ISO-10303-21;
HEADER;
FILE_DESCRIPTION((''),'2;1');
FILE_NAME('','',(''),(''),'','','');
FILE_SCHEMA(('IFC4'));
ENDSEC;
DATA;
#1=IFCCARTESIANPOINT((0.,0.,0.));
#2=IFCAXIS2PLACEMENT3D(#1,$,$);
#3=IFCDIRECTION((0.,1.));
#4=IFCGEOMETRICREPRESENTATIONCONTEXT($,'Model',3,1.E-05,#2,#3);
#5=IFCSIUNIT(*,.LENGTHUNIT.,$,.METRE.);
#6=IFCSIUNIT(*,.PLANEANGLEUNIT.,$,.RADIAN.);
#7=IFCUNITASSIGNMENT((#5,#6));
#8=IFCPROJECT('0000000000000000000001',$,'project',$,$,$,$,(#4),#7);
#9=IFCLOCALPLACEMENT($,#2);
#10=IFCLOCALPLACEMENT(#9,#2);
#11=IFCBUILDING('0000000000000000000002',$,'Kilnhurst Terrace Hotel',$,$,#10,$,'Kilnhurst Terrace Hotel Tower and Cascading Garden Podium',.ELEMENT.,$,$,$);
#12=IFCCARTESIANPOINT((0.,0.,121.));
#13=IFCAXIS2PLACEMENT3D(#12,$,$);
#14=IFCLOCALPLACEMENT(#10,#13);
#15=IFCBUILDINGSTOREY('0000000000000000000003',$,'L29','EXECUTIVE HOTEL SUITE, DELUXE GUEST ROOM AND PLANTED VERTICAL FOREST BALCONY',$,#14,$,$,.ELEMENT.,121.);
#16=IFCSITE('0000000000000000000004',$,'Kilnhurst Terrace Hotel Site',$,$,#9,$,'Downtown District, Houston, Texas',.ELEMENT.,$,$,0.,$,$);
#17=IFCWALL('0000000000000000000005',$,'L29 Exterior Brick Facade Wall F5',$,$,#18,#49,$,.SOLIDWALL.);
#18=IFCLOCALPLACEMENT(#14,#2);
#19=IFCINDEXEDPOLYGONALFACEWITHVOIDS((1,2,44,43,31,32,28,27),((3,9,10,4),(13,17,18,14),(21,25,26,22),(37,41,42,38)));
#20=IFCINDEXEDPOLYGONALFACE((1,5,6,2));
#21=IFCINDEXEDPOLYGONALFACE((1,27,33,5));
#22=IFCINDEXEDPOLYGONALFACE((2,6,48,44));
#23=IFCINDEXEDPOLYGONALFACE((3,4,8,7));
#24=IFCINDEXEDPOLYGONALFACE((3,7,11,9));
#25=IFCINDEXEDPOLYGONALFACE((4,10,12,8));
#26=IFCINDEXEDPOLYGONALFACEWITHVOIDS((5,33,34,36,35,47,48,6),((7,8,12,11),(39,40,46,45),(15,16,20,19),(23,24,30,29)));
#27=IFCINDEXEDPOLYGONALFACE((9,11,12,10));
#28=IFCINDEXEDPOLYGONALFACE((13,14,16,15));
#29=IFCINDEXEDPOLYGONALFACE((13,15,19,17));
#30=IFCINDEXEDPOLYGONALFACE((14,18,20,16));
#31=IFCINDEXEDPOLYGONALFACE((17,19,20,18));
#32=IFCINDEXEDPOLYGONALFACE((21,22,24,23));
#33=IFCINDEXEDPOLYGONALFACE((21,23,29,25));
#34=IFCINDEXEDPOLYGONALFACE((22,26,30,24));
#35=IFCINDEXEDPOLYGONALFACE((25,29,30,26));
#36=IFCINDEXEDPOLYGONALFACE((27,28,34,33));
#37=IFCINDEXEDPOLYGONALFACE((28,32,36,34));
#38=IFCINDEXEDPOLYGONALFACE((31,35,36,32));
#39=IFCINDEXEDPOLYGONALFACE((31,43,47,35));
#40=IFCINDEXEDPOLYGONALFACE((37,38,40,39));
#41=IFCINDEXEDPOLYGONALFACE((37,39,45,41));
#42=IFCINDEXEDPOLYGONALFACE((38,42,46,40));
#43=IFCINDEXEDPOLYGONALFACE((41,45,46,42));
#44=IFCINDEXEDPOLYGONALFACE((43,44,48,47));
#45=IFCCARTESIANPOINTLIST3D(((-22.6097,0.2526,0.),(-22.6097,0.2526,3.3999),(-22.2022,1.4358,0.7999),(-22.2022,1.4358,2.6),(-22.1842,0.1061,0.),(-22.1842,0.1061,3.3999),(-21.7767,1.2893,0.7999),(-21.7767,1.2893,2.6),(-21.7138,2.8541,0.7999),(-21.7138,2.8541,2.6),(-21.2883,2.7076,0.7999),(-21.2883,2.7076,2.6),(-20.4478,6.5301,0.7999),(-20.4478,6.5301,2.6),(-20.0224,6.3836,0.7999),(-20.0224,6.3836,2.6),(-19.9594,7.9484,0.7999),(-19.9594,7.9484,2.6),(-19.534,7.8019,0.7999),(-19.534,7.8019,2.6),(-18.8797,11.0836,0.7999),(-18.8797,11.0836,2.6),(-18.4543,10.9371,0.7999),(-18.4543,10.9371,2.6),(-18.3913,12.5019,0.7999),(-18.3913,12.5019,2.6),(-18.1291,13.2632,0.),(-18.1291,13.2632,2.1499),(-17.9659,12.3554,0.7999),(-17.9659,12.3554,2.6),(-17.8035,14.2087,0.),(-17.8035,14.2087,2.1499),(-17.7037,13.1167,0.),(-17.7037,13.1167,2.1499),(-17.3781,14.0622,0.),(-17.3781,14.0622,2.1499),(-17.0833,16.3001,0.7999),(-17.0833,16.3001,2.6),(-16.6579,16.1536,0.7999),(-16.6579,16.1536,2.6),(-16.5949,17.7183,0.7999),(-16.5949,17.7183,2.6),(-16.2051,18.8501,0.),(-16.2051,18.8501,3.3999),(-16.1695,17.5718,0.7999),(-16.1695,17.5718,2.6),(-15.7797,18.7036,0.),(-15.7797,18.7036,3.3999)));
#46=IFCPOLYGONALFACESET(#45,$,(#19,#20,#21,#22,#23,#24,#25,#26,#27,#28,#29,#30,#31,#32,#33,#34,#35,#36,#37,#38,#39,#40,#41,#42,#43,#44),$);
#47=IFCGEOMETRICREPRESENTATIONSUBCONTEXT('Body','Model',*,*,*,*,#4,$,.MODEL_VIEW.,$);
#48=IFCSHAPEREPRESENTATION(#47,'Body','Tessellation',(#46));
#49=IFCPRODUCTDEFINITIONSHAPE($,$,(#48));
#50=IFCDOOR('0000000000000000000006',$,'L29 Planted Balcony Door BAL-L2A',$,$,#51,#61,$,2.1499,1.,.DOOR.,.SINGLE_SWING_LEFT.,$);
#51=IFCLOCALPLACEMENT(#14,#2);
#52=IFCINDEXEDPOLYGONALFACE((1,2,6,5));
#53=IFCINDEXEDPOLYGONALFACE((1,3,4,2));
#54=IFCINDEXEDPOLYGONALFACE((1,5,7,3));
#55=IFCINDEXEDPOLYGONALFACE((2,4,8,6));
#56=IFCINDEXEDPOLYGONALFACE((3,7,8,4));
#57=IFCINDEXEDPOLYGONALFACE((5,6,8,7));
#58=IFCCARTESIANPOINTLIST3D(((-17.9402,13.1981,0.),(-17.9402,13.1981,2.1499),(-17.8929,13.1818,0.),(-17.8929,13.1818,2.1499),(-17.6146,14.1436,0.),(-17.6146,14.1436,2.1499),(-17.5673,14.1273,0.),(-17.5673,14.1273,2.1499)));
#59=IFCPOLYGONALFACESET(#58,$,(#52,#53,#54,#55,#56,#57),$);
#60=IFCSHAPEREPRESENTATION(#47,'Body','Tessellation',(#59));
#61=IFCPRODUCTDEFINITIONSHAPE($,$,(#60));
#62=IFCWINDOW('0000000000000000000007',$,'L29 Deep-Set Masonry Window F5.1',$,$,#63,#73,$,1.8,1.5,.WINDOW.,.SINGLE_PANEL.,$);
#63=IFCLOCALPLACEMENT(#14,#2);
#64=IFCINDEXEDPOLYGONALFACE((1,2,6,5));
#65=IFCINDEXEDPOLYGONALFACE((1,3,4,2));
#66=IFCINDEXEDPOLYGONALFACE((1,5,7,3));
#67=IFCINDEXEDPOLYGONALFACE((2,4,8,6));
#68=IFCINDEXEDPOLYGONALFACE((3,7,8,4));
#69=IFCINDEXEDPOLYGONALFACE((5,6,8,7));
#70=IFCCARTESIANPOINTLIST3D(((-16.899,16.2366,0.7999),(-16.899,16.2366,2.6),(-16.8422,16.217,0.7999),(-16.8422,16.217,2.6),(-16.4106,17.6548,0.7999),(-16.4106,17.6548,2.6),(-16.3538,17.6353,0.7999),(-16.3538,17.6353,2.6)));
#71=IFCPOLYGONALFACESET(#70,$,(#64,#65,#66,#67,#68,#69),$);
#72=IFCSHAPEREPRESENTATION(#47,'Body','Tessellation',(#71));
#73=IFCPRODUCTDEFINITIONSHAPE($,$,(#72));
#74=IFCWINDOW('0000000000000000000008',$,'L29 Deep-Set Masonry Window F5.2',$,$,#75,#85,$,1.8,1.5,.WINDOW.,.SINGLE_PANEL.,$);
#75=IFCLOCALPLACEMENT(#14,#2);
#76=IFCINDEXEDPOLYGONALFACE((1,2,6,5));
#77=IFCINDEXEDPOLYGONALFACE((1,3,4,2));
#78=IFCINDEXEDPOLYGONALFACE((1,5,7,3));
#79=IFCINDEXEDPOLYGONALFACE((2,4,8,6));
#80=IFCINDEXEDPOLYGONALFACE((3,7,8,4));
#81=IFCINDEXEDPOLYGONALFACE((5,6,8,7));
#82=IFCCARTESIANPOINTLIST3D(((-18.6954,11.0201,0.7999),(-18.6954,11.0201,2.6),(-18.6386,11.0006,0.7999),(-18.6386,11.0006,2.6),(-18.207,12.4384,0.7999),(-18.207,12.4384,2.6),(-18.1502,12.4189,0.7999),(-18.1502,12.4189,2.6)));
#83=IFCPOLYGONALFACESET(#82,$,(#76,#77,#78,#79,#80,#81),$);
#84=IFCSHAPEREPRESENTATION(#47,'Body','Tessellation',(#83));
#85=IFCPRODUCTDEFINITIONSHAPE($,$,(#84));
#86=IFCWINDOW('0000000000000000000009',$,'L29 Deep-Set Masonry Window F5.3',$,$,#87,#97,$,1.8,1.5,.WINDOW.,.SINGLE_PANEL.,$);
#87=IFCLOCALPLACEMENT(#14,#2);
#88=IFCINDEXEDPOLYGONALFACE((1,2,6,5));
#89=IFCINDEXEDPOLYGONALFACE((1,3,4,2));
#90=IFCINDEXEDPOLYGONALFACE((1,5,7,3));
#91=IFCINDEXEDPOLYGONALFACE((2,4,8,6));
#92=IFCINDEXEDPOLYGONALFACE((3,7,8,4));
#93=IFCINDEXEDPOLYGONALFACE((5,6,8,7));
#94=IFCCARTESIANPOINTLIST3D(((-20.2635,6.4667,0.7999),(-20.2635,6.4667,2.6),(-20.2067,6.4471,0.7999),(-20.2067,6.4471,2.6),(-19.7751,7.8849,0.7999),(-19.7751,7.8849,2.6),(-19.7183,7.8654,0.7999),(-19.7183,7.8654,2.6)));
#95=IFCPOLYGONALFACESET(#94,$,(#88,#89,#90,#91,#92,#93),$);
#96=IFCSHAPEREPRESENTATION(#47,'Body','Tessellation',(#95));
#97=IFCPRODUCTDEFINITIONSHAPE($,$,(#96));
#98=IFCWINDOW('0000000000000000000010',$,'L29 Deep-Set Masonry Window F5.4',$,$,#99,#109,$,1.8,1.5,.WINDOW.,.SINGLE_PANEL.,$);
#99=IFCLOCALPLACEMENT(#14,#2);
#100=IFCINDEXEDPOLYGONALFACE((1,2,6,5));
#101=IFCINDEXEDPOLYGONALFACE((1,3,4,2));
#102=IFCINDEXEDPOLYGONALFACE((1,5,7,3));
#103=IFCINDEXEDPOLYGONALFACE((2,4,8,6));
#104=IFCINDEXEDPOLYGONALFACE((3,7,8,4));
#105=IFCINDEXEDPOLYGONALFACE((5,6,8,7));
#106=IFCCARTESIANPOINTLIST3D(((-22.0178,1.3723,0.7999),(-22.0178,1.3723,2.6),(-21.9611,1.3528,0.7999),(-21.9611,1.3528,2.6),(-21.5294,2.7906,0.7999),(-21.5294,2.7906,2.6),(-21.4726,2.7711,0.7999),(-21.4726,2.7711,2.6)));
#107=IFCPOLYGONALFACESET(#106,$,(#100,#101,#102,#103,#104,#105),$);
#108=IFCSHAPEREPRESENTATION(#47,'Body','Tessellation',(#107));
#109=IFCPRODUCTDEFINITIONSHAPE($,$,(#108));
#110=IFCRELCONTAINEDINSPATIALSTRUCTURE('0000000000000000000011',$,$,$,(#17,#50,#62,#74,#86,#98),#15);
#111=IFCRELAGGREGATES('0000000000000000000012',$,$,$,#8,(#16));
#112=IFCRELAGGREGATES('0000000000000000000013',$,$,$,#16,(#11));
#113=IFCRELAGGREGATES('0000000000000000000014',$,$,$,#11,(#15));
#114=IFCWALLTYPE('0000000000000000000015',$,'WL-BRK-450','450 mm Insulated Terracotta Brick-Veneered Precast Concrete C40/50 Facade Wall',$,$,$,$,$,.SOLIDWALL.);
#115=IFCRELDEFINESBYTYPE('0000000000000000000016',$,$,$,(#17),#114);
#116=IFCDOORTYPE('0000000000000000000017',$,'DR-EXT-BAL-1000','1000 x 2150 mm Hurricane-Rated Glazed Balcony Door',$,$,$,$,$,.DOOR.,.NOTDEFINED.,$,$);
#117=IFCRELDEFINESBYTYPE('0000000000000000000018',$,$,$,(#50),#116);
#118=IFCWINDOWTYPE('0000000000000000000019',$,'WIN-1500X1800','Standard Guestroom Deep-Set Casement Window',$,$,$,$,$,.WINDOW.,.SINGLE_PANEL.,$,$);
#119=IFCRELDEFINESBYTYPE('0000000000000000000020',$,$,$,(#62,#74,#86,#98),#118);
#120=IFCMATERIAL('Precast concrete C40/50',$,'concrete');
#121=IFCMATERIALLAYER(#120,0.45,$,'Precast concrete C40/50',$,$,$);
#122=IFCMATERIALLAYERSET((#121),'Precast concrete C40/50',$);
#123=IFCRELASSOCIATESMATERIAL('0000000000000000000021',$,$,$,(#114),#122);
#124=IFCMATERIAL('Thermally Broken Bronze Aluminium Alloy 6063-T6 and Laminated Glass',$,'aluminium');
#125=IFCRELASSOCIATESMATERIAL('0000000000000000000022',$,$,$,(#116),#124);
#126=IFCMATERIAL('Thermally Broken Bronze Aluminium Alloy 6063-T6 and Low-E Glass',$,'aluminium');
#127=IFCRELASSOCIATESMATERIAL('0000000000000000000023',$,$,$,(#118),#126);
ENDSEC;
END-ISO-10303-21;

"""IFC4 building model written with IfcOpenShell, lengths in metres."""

from ifc_helpers import new_model, si_unit, direction, frame, frame_2d, origin, place, context, subcontext, project, spatial, rectangle, extrude, material, layer, layer_set, type_object, element, fill, save


model = new_model("IFC4")

# Units and contexts
model_context = context("Model", 3, precision=1e-05, world=origin(), true_north=direction((0.0, 1.0)))
body_context = subcontext(model_context, "Body", "Model", "MODEL_VIEW")
ifc_project = project(units=[si_unit("LENGTHUNIT", "METRE"), si_unit("PLANEANGLEUNIT", "RADIAN")], contexts=[model_context])

# Site, building, storey
site_placement = place(None, origin())
site = spatial("IfcSite", under=ifc_project, at=site_placement, Name="Kilnhurst Terrace Hotel Site", LongName="Downtown District, Houston, Texas", CompositionType="ELEMENT", RefElevation=0.0)
building_placement = place(site_placement, origin())
building = spatial("IfcBuilding", under=site, at=building_placement, Name="Kilnhurst Terrace Hotel", LongName="Kilnhurst Terrace Hotel Tower and Cascading Garden Podium", CompositionType="ELEMENT")
storey_placement = place(building_placement, frame((0.0, 0.0, 121.0)))
storey = spatial("IfcBuildingStorey", under=building, at=storey_placement, Name="L29", Description="EXECUTIVE HOTEL SUITE, DELUXE GUEST ROOM AND PLANTED VERTICAL FOREST BALCONY", CompositionType="ELEMENT", Elevation=121.0)

# Shared definitions
ifc_material_1 = material(Name="Precast concrete C40/50", Category="concrete")
ifc_layer_1 = layer(ifc_material_1, 0.45, Name="Precast concrete C40/50")
ifc_layer_set_1 = layer_set([ifc_layer_1], Name="Precast concrete C40/50")
wall_type_1 = type_object("IfcWallType", Name="WL-BRK-450", Description="450 mm Insulated Terracotta Brick-Veneered Precast Concrete C40/50 Facade Wall", PredefinedType="SOLIDWALL", material=ifc_layer_set_1)

# Wall, openings, door, windows
wall_1_placement = place(storey_placement, frame((-15.9924, 18.7769, 0.0), z_axis=(0.0, 0.0, 1.0), x_axis=(-0.325607, -0.945505, 0.0)))
wall_1 = element("IfcWall", 1, at=wall_1_placement, inside=storey, type_object=wall_type_1, Name="L29 Exterior Brick Facade Wall F5", PredefinedType="SOLIDWALL", context=body_context, shape_type="SweptSolid", body=[
    extrude(rectangle(XDim=19.6694, YDim=0.45, at=frame_2d((9.8347, 0.0))), origin(), (0.0, 0.0, 1.0), 3.3999),
])
opening_1_placement = place(wall_1_placement, frame((4.9089, 0.0, 0.0)))
opening_1 = element("IfcOpeningElement", 2, at=opening_1_placement, cuts=wall_1, PredefinedType="OPENING", context=body_context, shape_type="SweptSolid", body=[
    extrude(rectangle(XDim=1.0, YDim=2.1499, at=frame_2d((0.5, 1.075))), frame((0.0, 0.2349, 0.0), z_axis=(0.0, -1.0, 0.0), x_axis=(1.0, 0.0, 0.0)), (0.0, 0.0, 1.0), 0.47),
])
opening_2_placement = place(wall_1_placement, frame((1.197, 0.0, 0.8)))
opening_2 = element("IfcOpeningElement", 3, at=opening_2_placement, cuts=wall_1, PredefinedType="OPENING", context=body_context, shape_type="SweptSolid", body=[
    extrude(rectangle(XDim=1.5, YDim=1.8, at=frame_2d((0.75, 0.8999))), frame((0.0, 0.2349, 0.0), z_axis=(0.0, -1.0, 0.0), x_axis=(1.0, 0.0, 0.0)), (0.0, 0.0, 1.0), 0.47),
])
opening_3_placement = place(wall_1_placement, frame((6.7141, 0.0, 0.8)))
opening_3 = element("IfcOpeningElement", 4, at=opening_3_placement, cuts=wall_1, PredefinedType="OPENING", context=body_context, shape_type="SweptSolid", body=[
    extrude(rectangle(XDim=1.5, YDim=1.8, at=frame_2d((0.75, 0.8999))), frame((0.0, 0.2349, 0.0), z_axis=(0.0, -1.0, 0.0), x_axis=(1.0, 0.0, 0.0)), (0.0, 0.0, 1.0), 0.47),
])
opening_4_placement = place(wall_1_placement, frame((11.53, 0.0, 0.8)))
opening_4 = element("IfcOpeningElement", 5, at=opening_4_placement, cuts=wall_1, PredefinedType="OPENING", context=body_context, shape_type="SweptSolid", body=[
    extrude(rectangle(XDim=1.5, YDim=1.8, at=frame_2d((0.75, 0.8999))), frame((0.0, 0.2349, 0.0), z_axis=(0.0, -1.0, 0.0), x_axis=(1.0, 0.0, 0.0)), (0.0, 0.0, 1.0), 0.47),
])
opening_5_placement = place(wall_1_placement, frame((16.918, 0.0, 0.8)))
opening_5 = element("IfcOpeningElement", 6, at=opening_5_placement, cuts=wall_1, PredefinedType="OPENING", context=body_context, shape_type="SweptSolid", body=[
    extrude(rectangle(XDim=1.5, YDim=1.8, at=frame_2d((0.75, 0.8999))), frame((0.0, 0.2349, 0.0), z_axis=(0.0, -1.0, 0.0), x_axis=(1.0, 0.0, 0.0)), (0.0, 0.0, 1.0), 0.47),
])
ifc_material_2 = material(Name="Thermally Broken Bronze Aluminium Alloy 6063-T6 and Laminated Glass", Category="aluminium")
door_type_1 = type_object("IfcDoorType", Name="DR-EXT-BAL-1000", Description="1000 x 2150 mm Hurricane-Rated Glazed Balcony Door", OperationType="NOTDEFINED", PredefinedType="DOOR", material=ifc_material_2)
door_1_placement = place(opening_1_placement, origin())
door_1 = element("IfcDoor", 7, at=door_1_placement, inside=storey, type_object=door_type_1, Name="L29 Planted Balcony Door BAL-L2A", OperationType="SINGLE_SWING_LEFT", OverallHeight=2.1499, OverallWidth=1.0, PredefinedType="DOOR", context=body_context, shape_type="SweptSolid", body=[
    extrude(rectangle(XDim=1.0, YDim=2.1499, at=frame_2d((0.5, 1.075))), frame((0.0, 0.0249, 0.0), z_axis=(0.0, -1.0, 0.0), x_axis=(1.0, 0.0, 0.0)), (0.0, 0.0, 1.0), 0.05),
])
fill(opening_1, door_1)
ifc_material_3 = material(Name="Thermally Broken Bronze Aluminium Alloy 6063-T6 and Low-E Glass", Category="aluminium")
window_type = type_object("IfcWindowType", Name="WIN-1500X1800", Description="Standard Guestroom Deep-Set Casement Window", PartitioningType="SINGLE_PANEL", PredefinedType="WINDOW", material=ifc_material_3)
window_1_placement = place(opening_2_placement, origin())
window_1 = element("IfcWindow", 8, at=window_1_placement, inside=storey, type_object=window_type, Name="L29 Deep-Set Masonry Window F5.1", OverallHeight=1.8, OverallWidth=1.5, PartitioningType="SINGLE_PANEL", PredefinedType="WINDOW", context=body_context, shape_type="SweptSolid", body=[
    extrude(rectangle(XDim=1.5, YDim=1.8, at=frame_2d((0.75, 0.8999))), frame((0.0, 0.03, 0.0), z_axis=(0.0, -1.0, 0.0), x_axis=(1.0, 0.0, 0.0)), (0.0, 0.0, 1.0), 0.0601),
])
fill(opening_2, window_1)
window_2_placement = place(opening_3_placement, origin())
window_2 = element("IfcWindow", 9, at=window_2_placement, inside=storey, type_object=window_type, Name="L29 Deep-Set Masonry Window F5.2", OverallHeight=1.8, OverallWidth=1.5, PartitioningType="SINGLE_PANEL", PredefinedType="WINDOW", context=body_context, shape_type="SweptSolid", body=[
    extrude(rectangle(XDim=1.5, YDim=1.8, at=frame_2d((0.75, 0.8999))), frame((0.0, 0.03, 0.0), z_axis=(0.0, -1.0, 0.0), x_axis=(1.0, 0.0, 0.0)), (0.0, 0.0, 1.0), 0.0601),
])
fill(opening_3, window_2)
window_3_placement = place(opening_4_placement, origin())
window_3 = element("IfcWindow", 10, at=window_3_placement, inside=storey, type_object=window_type, Name="L29 Deep-Set Masonry Window F5.3", OverallHeight=1.8, OverallWidth=1.5, PartitioningType="SINGLE_PANEL", PredefinedType="WINDOW", context=body_context, shape_type="SweptSolid", body=[
    extrude(rectangle(XDim=1.5, YDim=1.8, at=frame_2d((0.75, 0.8999))), frame((0.0, 0.03, 0.0), z_axis=(0.0, -1.0, 0.0), x_axis=(1.0, 0.0, 0.0)), (0.0, 0.0, 1.0), 0.0601),
])
fill(opening_4, window_3)
window_4_placement = place(opening_5_placement, origin())
window_4 = element("IfcWindow", 11, at=window_4_placement, inside=storey, type_object=window_type, Name="L29 Deep-Set Masonry Window F5.4", OverallHeight=1.8, OverallWidth=1.5, PartitioningType="SINGLE_PANEL", PredefinedType="WINDOW", context=body_context, shape_type="SweptSolid", body=[
    extrude(rectangle(XDim=1.5, YDim=1.8, at=frame_2d((0.75, 0.8999))), frame((0.0, 0.03, 0.0), z_axis=(0.0, -1.0, 0.0), x_axis=(1.0, 0.0, 0.0)), (0.0, 0.0, 1.0), 0.0601),
])
fill(opening_5, window_4)

save(model, "model.ifc")
